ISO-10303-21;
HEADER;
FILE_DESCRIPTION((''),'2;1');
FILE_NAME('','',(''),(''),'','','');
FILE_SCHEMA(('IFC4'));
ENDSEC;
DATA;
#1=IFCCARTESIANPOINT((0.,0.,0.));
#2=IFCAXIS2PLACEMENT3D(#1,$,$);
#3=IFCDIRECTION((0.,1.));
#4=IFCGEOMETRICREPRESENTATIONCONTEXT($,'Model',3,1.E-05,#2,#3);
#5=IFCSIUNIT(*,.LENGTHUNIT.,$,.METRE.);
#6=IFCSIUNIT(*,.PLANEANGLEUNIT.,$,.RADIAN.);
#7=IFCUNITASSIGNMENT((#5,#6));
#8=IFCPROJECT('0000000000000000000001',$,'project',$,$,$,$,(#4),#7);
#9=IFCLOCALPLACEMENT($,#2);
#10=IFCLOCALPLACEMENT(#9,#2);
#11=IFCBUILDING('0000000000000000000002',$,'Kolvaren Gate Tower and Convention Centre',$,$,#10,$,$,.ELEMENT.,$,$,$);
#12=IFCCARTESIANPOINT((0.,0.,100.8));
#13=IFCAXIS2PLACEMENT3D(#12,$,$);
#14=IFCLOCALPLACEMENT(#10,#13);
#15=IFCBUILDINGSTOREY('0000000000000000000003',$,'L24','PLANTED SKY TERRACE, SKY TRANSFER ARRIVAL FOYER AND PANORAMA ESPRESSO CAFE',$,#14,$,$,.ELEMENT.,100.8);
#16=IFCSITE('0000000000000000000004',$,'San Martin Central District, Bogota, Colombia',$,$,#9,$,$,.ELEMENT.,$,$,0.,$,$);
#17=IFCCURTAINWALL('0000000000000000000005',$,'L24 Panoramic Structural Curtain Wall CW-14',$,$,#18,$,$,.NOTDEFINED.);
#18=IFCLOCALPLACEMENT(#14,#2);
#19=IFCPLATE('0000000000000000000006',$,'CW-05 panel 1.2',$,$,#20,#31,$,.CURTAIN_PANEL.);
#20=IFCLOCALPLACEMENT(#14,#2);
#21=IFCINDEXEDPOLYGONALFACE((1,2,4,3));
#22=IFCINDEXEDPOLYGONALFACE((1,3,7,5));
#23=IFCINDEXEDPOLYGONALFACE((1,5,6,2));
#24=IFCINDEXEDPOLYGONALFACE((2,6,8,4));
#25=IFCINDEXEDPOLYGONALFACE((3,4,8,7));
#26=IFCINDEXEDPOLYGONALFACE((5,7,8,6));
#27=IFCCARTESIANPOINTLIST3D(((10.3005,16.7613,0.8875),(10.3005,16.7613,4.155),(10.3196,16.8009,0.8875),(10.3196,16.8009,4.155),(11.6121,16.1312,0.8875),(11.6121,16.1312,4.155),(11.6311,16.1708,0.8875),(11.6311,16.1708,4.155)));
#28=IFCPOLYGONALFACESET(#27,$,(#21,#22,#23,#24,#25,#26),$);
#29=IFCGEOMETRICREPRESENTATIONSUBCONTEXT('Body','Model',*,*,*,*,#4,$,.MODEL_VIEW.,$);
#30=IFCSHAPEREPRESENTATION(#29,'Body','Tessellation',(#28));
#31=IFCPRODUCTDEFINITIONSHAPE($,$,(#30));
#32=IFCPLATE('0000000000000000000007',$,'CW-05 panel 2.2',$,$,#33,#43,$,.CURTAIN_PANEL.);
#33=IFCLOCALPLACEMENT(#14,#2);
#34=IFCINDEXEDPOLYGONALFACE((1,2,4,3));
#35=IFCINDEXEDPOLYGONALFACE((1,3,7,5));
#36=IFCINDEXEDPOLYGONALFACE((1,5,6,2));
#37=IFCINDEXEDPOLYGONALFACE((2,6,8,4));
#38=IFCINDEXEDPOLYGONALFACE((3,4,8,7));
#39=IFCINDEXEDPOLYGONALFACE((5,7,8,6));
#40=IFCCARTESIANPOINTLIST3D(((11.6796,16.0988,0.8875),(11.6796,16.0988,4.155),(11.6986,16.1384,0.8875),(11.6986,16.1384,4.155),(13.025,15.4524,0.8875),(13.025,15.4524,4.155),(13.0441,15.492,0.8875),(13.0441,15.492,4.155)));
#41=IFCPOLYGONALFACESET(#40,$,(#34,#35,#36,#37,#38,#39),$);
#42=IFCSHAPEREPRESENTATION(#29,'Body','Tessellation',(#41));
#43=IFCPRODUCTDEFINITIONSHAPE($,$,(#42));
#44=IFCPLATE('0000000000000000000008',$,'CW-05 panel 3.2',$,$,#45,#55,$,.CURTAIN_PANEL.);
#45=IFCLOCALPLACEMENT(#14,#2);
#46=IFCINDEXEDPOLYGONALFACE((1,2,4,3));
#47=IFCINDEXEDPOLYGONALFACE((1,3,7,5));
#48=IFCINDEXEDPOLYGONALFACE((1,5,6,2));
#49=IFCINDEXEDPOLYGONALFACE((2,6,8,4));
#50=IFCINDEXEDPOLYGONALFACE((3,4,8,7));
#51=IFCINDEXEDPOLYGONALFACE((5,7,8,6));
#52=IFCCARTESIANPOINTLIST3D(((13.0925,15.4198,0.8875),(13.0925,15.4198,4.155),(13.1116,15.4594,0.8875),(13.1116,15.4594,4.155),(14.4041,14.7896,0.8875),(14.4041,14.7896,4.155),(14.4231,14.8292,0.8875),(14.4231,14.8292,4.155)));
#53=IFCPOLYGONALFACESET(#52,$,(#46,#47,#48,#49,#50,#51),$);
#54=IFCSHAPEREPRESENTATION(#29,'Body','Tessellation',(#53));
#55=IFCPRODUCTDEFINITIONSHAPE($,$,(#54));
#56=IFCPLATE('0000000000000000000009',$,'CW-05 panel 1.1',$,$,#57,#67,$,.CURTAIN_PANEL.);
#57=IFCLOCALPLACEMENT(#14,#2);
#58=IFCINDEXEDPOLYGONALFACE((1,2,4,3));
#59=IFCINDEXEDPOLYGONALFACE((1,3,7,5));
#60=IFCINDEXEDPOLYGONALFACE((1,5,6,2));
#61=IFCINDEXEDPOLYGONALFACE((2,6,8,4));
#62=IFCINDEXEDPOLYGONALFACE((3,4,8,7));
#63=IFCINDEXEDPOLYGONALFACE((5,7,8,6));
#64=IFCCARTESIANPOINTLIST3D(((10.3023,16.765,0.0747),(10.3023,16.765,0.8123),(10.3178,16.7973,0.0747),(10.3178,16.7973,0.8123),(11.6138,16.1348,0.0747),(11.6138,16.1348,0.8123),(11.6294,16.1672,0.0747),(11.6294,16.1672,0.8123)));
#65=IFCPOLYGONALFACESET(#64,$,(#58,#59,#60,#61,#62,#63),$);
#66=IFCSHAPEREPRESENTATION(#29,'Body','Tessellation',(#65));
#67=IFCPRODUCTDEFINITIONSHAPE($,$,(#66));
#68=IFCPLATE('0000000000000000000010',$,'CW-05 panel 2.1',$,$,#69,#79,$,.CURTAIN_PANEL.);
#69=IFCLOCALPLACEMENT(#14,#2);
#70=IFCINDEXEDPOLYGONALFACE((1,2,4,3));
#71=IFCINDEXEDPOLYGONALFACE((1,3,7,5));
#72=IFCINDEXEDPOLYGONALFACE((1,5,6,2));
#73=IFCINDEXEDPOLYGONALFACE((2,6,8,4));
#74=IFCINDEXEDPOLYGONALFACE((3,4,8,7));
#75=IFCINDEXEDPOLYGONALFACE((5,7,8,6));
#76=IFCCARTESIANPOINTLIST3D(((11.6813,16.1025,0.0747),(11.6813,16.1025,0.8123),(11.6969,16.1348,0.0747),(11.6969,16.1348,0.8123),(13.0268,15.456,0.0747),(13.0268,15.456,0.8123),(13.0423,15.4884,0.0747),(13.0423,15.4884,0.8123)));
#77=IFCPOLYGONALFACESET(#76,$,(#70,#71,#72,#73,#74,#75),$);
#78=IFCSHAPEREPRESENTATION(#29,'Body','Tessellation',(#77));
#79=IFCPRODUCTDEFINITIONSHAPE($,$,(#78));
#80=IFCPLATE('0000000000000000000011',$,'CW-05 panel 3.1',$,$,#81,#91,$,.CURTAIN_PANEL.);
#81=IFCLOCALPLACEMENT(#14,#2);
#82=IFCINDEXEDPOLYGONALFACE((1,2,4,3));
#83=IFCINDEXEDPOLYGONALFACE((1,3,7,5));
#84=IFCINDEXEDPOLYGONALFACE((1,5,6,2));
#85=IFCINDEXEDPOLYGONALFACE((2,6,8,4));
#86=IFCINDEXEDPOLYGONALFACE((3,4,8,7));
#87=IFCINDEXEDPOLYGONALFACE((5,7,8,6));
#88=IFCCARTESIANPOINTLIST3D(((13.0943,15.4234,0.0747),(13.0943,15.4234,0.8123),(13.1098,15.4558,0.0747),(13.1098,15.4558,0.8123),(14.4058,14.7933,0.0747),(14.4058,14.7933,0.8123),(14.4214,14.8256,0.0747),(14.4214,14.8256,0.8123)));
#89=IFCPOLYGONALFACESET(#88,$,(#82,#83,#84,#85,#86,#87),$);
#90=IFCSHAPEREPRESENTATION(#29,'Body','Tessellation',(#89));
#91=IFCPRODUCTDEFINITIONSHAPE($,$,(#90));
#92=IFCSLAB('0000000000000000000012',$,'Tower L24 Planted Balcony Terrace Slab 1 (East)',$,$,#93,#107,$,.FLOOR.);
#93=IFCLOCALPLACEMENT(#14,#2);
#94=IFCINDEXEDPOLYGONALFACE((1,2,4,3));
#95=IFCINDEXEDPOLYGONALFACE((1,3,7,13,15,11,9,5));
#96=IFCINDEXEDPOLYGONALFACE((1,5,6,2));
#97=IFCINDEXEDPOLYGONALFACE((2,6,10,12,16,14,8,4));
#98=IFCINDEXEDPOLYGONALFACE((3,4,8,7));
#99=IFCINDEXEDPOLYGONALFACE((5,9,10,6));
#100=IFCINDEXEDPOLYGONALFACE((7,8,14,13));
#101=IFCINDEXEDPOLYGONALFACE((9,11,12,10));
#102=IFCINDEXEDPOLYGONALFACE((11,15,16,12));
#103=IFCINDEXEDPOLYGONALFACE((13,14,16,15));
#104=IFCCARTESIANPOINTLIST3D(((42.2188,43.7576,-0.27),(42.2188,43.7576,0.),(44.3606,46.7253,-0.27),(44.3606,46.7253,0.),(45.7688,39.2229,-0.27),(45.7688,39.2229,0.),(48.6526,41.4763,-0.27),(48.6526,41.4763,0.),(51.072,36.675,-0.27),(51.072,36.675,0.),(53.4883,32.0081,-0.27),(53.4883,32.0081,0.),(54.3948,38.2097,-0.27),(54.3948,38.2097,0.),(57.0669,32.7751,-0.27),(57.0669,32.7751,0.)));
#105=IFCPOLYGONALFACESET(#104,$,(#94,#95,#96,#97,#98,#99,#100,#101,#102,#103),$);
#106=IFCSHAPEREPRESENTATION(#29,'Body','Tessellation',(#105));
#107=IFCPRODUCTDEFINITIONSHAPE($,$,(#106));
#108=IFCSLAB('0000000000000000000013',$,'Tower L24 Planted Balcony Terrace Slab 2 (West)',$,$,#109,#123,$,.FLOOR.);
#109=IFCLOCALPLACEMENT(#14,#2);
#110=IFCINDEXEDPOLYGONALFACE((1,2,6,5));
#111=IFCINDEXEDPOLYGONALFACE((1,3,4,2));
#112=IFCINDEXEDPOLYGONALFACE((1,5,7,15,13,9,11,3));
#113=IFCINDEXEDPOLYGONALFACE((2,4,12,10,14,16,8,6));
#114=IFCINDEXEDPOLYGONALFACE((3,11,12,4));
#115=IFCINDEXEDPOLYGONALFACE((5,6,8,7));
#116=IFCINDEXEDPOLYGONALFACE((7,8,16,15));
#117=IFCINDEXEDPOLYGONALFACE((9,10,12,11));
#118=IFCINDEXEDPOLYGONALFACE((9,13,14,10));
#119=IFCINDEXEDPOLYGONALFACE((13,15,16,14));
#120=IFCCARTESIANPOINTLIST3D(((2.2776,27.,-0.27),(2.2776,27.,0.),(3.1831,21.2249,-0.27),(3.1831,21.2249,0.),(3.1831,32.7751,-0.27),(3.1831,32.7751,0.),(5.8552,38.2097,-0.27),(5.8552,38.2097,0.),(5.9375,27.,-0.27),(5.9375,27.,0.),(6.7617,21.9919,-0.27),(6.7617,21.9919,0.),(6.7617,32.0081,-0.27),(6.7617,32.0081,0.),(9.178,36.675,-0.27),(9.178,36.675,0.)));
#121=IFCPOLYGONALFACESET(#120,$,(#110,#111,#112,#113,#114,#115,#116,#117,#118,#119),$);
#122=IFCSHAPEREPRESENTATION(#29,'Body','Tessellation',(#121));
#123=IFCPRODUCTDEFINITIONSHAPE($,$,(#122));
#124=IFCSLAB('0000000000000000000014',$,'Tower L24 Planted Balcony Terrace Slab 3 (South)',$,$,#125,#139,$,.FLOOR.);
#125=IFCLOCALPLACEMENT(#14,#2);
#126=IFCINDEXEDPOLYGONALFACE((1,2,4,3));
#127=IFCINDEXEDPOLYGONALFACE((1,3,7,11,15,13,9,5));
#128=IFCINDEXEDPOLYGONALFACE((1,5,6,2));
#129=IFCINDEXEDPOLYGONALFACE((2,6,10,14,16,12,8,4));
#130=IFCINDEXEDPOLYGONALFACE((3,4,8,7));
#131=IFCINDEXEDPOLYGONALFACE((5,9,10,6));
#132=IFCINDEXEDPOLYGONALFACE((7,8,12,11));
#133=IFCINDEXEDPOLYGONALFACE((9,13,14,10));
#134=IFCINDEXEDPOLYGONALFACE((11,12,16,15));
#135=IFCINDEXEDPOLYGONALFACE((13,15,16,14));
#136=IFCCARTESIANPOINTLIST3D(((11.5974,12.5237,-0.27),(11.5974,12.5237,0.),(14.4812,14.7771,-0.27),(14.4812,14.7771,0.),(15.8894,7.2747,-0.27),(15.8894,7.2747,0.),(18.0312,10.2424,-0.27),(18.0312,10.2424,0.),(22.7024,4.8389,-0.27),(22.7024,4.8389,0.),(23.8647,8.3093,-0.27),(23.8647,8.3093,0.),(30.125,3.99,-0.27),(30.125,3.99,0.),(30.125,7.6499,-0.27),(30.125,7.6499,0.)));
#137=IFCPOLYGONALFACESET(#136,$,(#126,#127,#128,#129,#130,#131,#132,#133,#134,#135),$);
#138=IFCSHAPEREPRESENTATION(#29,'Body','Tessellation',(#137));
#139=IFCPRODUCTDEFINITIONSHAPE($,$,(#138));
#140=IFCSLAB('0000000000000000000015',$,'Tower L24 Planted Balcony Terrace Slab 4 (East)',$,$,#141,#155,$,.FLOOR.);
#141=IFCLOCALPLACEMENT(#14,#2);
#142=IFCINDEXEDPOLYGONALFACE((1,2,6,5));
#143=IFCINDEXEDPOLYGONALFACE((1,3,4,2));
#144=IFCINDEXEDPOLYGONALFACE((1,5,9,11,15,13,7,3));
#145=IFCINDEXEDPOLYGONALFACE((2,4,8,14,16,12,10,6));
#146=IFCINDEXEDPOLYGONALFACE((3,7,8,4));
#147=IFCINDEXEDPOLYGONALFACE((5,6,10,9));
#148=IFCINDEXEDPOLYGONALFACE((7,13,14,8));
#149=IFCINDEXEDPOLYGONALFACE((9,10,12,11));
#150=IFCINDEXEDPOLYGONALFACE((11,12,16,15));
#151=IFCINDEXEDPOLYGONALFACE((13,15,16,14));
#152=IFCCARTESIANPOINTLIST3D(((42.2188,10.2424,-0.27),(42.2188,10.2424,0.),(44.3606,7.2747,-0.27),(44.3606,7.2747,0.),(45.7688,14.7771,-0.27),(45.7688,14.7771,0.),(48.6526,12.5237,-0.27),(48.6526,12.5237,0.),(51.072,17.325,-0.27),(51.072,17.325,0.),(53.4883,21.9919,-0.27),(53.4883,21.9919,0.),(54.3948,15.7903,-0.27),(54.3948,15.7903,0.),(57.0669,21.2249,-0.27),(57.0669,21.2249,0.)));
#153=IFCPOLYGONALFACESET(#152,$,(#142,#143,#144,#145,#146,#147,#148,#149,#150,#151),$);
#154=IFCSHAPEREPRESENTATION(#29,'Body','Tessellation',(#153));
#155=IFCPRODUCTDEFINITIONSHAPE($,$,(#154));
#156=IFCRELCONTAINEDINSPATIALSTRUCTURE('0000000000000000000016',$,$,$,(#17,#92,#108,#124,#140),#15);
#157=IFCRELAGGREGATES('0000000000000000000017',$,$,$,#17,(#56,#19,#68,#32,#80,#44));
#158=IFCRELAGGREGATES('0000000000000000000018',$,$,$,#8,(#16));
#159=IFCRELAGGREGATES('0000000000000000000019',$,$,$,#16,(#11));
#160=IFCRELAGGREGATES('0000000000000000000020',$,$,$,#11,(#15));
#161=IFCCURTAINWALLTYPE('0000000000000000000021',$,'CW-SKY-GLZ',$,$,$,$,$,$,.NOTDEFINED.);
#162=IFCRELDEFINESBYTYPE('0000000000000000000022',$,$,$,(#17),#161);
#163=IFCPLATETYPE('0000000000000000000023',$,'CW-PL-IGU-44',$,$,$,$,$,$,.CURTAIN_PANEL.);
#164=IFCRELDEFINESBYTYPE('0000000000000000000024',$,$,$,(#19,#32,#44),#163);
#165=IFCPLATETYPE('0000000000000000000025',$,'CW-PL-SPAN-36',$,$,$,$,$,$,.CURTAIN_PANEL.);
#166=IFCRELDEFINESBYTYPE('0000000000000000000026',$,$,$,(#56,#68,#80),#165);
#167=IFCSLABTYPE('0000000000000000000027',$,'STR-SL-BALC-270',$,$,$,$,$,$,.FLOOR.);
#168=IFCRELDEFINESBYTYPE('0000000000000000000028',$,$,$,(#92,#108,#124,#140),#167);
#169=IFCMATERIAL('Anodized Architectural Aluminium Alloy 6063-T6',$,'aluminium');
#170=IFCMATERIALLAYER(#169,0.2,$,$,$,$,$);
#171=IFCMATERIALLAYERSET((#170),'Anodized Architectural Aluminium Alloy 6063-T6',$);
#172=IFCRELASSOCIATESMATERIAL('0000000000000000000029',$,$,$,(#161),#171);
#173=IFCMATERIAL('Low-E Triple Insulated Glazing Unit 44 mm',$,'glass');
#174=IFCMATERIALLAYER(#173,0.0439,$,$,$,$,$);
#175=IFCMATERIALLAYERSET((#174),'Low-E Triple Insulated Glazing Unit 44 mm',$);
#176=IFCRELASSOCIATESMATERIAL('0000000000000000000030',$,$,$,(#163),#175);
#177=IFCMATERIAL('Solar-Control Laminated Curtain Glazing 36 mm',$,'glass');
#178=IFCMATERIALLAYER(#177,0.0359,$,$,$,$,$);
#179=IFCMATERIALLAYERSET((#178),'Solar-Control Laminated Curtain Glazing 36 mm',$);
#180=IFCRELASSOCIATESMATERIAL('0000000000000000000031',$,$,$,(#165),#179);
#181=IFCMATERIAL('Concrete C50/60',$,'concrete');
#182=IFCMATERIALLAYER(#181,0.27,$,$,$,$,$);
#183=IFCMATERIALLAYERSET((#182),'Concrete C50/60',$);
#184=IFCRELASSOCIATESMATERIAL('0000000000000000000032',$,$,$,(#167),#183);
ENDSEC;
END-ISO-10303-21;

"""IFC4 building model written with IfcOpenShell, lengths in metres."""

from ifc_helpers import new_model, si_unit, direction, frame, origin, origin_2d, place, context, subcontext, project, spatial, polyline, rectangle, outline, extrude, material, layer, layer_set, type_object, element, aggregate, save


model = new_model("IFC4")

# Units and contexts
model_context = context("Model", 3, precision=1e-05, world=origin(), true_north=direction((0.0, 1.0)))
body_context = subcontext(model_context, "Body", "Model", "MODEL_VIEW")
ifc_project = project(units=[si_unit("LENGTHUNIT", "METRE"), si_unit("PLANEANGLEUNIT", "RADIAN")], contexts=[model_context])

# Site, building, storey
site_placement = place(None, origin())
site = spatial("IfcSite", under=ifc_project, at=site_placement, Name="San Martin Central District, Bogota, Colombia", CompositionType="ELEMENT", RefElevation=0.0)
building_placement = place(site_placement, origin())
building = spatial("IfcBuilding", under=site, at=building_placement, Name="Kolvaren Gate Tower and Convention Centre", CompositionType="ELEMENT")
storey_placement = place(building_placement, frame((0.0, 0.0, 100.8)))
storey = spatial("IfcBuildingStorey", under=building, at=storey_placement, Name="L24", Description="PLANTED SKY TERRACE, SKY TRANSFER ARRIVAL FOYER AND PANORAMA ESPRESSO CAFE", CompositionType="ELEMENT", Elevation=100.8)

# Curtain wall, plates
ifc_material_1 = material(Name="Anodized Architectural Aluminium Alloy 6063-T6", Category="aluminium")
ifc_layer_1 = layer(ifc_material_1, 0.2)
ifc_layer_set_1 = layer_set([ifc_layer_1], Name="Anodized Architectural Aluminium Alloy 6063-T6")
curtain_wall_type = type_object("IfcCurtainWallType", Name="CW-SKY-GLZ", PredefinedType="NOTDEFINED", material=ifc_layer_set_1)
curtain_wall_placement = place(storey_placement, origin())
curtain_wall = element("IfcCurtainWall", 1, at=curtain_wall_placement, inside=storey, type_object=curtain_wall_type, Name="L24 Panoramic Structural Curtain Wall CW-14", PredefinedType="NOTDEFINED")
ifc_material_2 = material(Name="Low-E Triple Insulated Glazing Unit 44 mm", Category="glass")
ifc_layer_2 = layer(ifc_material_2, 0.0439)
ifc_layer_set_2 = layer_set([ifc_layer_2], Name="Low-E Triple Insulated Glazing Unit 44 mm")
plate_type_1 = type_object("IfcPlateType", Name="CW-PL-IGU-44", PredefinedType="CURTAIN_PANEL", material=ifc_layer_set_2)
plate_1_placement = place(storey_placement, frame((10.9658, 16.4661, 0.8875), z_axis=(0.0, 0.0, 1.0), x_axis=(0.901359, -0.433073, 0.0)))
plate_1 = element("IfcPlate", 2, at=plate_1_placement, type_object=plate_type_1, Name="CW-05 panel 1.2", PredefinedType="CURTAIN_PANEL", context=body_context, shape_type="SweptSolid", body=[
    extrude(rectangle(XDim=1.4551, YDim=0.0439, at=origin_2d()), origin(), (0.0, 0.0, 1.0), 3.2676),
])
plate_2_placement = place(storey_placement, frame((12.3618, 15.7954, 0.8875), z_axis=(0.0, 0.0, 1.0), x_axis=(0.901359, -0.433073, 0.0)))
plate_2 = element("IfcPlate", 3, at=plate_2_placement, type_object=plate_type_1, Name="CW-05 panel 2.2", PredefinedType="CURTAIN_PANEL", context=body_context, shape_type="SweptSolid", body=[
    extrude(rectangle(XDim=1.4927, YDim=0.0439, at=origin_2d()), origin(), (0.0, 0.0, 1.0), 3.2676),
])
plate_3_placement = place(storey_placement, frame((13.7578, 15.1245, 0.8875), z_axis=(0.0, 0.0, 1.0), x_axis=(0.901359, -0.433073, 0.0)))
plate_3 = element("IfcPlate", 4, at=plate_3_placement, type_object=plate_type_1, Name="CW-05 panel 3.2", PredefinedType="CURTAIN_PANEL", context=body_context, shape_type="SweptSolid", body=[
    extrude(rectangle(XDim=1.4551, YDim=0.0439, at=origin_2d()), origin(), (0.0, 0.0, 1.0), 3.2676),
])
ifc_material_3 = material(Name="Solar-Control Laminated Curtain Glazing 36 mm", Category="glass")
ifc_layer_3 = layer(ifc_material_3, 0.0359)
ifc_layer_set_3 = layer_set([ifc_layer_3], Name="Solar-Control Laminated Curtain Glazing 36 mm")
plate_type_2 = type_object("IfcPlateType", Name="CW-PL-SPAN-36", PredefinedType="CURTAIN_PANEL", material=ifc_layer_set_3)
plate_4_placement = place(storey_placement, frame((10.9658, 16.4661, 0.0747), z_axis=(0.0, 0.0, 1.0), x_axis=(0.901359, -0.433073, 0.0)))
plate_4 = element("IfcPlate", 5, at=plate_4_placement, type_object=plate_type_2, Name="CW-05 panel 1.1", PredefinedType="CURTAIN_PANEL", context=body_context, shape_type="SweptSolid", body=[
    extrude(rectangle(XDim=1.4551, YDim=0.0359, at=origin_2d()), origin(), (0.0, 0.0, 1.0), 0.7375),
])
plate_5_placement = place(storey_placement, frame((12.3618, 15.7954, 0.0747), z_axis=(0.0, 0.0, 1.0), x_axis=(0.901359, -0.433073, 0.0)))
plate_5 = element("IfcPlate", 6, at=plate_5_placement, type_object=plate_type_2, Name="CW-05 panel 2.1", PredefinedType="CURTAIN_PANEL", context=body_context, shape_type="SweptSolid", body=[
    extrude(rectangle(XDim=1.4927, YDim=0.0359, at=origin_2d()), origin(), (0.0, 0.0, 1.0), 0.7375),
])
plate_6_placement = place(storey_placement, frame((13.7578, 15.1245, 0.0747), z_axis=(0.0, 0.0, 1.0), x_axis=(0.901359, -0.433073, 0.0)))
plate_6 = element("IfcPlate", 7, at=plate_6_placement, type_object=plate_type_2, Name="CW-05 panel 3.1", PredefinedType="CURTAIN_PANEL", context=body_context, shape_type="SweptSolid", body=[
    extrude(rectangle(XDim=1.4551, YDim=0.0359, at=origin_2d()), origin(), (0.0, 0.0, 1.0), 0.7375),
])
aggregate(curtain_wall, [plate_4, plate_1, plate_5, plate_2, plate_6, plate_3])

# Slabs
ifc_material_4 = material(Name="Concrete C50/60", Category="concrete")
ifc_layer_4 = layer(ifc_material_4, 0.27)
ifc_layer_set_4 = layer_set([ifc_layer_4], Name="Concrete C50/60")
slab_type_1 = type_object("IfcSlabType", Name="STR-SL-BALC-270", PredefinedType="FLOOR", material=ifc_layer_set_4)
slab_1_placement = place(storey_placement, frame((0.0, 0.0, -0.27)))
element("IfcSlab", 8, at=slab_1_placement, inside=storey, type_object=slab_type_1, Name="Tower L24 Planted Balcony Terrace Slab 1 (East)", PredefinedType="FLOOR", context=body_context, shape_type="SweptSolid", body=[
    extrude(outline(polyline([(53.4883, 32.0081), (51.072, 36.675), (45.7688, 39.2229), (42.2188, 43.7576), (44.3606, 46.7253), (48.6526, 41.4763), (54.3948, 38.2097), (57.0669, 32.7751), (53.4883, 32.0081)])), origin(), (0.0, 0.0, 1.0), 0.27),
])
slab_2_placement = place(storey_placement, frame((0.0, 0.0, -0.27)))
element("IfcSlab", 9, at=slab_2_placement, inside=storey, type_object=slab_type_1, Name="Tower L24 Planted Balcony Terrace Slab 2 (West)", PredefinedType="FLOOR", context=body_context, shape_type="SweptSolid", body=[
    extrude(outline(polyline([(9.178, 36.675), (6.7617, 32.0081), (5.9375, 27.0), (6.7617, 21.9919), (3.1831, 21.2249), (2.2776, 27.0), (3.1831, 32.7751), (5.8552, 38.2097), (9.178, 36.675)])), origin(), (0.0, 0.0, 1.0), 0.27),
])
slab_3_placement = place(storey_placement, frame((0.0, 0.0, -0.27)))
element("IfcSlab", 10, at=slab_3_placement, inside=storey, type_object=slab_type_1, Name="Tower L24 Planted Balcony Terrace Slab 3 (South)", PredefinedType="FLOOR", context=body_context, shape_type="SweptSolid", body=[
    extrude(outline(polyline([(14.4812, 14.7771), (18.0312, 10.2424), (23.8647, 8.3093), (30.125, 7.6499), (30.125, 3.99), (22.7024, 4.8389), (15.8894, 7.2747), (11.5974, 12.5237), (14.4812, 14.7771)])), origin(), (0.0, 0.0, 1.0), 0.27),
])
slab_4_placement = place(storey_placement, frame((0.0, 0.0, -0.27)))
element("IfcSlab", 11, at=slab_4_placement, inside=storey, type_object=slab_type_1, Name="Tower L24 Planted Balcony Terrace Slab 4 (East)", PredefinedType="FLOOR", context=body_context, shape_type="SweptSolid", body=[
    extrude(outline(polyline([(42.2188, 10.2424), (45.7688, 14.7771), (51.072, 17.325), (53.4883, 21.9919), (57.0669, 21.2249), (54.3948, 15.7903), (48.6526, 12.5237), (44.3606, 7.2747), (42.2188, 10.2424)])), origin(), (0.0, 0.0, 1.0), 0.27),
])

save(model, "model.ifc")
